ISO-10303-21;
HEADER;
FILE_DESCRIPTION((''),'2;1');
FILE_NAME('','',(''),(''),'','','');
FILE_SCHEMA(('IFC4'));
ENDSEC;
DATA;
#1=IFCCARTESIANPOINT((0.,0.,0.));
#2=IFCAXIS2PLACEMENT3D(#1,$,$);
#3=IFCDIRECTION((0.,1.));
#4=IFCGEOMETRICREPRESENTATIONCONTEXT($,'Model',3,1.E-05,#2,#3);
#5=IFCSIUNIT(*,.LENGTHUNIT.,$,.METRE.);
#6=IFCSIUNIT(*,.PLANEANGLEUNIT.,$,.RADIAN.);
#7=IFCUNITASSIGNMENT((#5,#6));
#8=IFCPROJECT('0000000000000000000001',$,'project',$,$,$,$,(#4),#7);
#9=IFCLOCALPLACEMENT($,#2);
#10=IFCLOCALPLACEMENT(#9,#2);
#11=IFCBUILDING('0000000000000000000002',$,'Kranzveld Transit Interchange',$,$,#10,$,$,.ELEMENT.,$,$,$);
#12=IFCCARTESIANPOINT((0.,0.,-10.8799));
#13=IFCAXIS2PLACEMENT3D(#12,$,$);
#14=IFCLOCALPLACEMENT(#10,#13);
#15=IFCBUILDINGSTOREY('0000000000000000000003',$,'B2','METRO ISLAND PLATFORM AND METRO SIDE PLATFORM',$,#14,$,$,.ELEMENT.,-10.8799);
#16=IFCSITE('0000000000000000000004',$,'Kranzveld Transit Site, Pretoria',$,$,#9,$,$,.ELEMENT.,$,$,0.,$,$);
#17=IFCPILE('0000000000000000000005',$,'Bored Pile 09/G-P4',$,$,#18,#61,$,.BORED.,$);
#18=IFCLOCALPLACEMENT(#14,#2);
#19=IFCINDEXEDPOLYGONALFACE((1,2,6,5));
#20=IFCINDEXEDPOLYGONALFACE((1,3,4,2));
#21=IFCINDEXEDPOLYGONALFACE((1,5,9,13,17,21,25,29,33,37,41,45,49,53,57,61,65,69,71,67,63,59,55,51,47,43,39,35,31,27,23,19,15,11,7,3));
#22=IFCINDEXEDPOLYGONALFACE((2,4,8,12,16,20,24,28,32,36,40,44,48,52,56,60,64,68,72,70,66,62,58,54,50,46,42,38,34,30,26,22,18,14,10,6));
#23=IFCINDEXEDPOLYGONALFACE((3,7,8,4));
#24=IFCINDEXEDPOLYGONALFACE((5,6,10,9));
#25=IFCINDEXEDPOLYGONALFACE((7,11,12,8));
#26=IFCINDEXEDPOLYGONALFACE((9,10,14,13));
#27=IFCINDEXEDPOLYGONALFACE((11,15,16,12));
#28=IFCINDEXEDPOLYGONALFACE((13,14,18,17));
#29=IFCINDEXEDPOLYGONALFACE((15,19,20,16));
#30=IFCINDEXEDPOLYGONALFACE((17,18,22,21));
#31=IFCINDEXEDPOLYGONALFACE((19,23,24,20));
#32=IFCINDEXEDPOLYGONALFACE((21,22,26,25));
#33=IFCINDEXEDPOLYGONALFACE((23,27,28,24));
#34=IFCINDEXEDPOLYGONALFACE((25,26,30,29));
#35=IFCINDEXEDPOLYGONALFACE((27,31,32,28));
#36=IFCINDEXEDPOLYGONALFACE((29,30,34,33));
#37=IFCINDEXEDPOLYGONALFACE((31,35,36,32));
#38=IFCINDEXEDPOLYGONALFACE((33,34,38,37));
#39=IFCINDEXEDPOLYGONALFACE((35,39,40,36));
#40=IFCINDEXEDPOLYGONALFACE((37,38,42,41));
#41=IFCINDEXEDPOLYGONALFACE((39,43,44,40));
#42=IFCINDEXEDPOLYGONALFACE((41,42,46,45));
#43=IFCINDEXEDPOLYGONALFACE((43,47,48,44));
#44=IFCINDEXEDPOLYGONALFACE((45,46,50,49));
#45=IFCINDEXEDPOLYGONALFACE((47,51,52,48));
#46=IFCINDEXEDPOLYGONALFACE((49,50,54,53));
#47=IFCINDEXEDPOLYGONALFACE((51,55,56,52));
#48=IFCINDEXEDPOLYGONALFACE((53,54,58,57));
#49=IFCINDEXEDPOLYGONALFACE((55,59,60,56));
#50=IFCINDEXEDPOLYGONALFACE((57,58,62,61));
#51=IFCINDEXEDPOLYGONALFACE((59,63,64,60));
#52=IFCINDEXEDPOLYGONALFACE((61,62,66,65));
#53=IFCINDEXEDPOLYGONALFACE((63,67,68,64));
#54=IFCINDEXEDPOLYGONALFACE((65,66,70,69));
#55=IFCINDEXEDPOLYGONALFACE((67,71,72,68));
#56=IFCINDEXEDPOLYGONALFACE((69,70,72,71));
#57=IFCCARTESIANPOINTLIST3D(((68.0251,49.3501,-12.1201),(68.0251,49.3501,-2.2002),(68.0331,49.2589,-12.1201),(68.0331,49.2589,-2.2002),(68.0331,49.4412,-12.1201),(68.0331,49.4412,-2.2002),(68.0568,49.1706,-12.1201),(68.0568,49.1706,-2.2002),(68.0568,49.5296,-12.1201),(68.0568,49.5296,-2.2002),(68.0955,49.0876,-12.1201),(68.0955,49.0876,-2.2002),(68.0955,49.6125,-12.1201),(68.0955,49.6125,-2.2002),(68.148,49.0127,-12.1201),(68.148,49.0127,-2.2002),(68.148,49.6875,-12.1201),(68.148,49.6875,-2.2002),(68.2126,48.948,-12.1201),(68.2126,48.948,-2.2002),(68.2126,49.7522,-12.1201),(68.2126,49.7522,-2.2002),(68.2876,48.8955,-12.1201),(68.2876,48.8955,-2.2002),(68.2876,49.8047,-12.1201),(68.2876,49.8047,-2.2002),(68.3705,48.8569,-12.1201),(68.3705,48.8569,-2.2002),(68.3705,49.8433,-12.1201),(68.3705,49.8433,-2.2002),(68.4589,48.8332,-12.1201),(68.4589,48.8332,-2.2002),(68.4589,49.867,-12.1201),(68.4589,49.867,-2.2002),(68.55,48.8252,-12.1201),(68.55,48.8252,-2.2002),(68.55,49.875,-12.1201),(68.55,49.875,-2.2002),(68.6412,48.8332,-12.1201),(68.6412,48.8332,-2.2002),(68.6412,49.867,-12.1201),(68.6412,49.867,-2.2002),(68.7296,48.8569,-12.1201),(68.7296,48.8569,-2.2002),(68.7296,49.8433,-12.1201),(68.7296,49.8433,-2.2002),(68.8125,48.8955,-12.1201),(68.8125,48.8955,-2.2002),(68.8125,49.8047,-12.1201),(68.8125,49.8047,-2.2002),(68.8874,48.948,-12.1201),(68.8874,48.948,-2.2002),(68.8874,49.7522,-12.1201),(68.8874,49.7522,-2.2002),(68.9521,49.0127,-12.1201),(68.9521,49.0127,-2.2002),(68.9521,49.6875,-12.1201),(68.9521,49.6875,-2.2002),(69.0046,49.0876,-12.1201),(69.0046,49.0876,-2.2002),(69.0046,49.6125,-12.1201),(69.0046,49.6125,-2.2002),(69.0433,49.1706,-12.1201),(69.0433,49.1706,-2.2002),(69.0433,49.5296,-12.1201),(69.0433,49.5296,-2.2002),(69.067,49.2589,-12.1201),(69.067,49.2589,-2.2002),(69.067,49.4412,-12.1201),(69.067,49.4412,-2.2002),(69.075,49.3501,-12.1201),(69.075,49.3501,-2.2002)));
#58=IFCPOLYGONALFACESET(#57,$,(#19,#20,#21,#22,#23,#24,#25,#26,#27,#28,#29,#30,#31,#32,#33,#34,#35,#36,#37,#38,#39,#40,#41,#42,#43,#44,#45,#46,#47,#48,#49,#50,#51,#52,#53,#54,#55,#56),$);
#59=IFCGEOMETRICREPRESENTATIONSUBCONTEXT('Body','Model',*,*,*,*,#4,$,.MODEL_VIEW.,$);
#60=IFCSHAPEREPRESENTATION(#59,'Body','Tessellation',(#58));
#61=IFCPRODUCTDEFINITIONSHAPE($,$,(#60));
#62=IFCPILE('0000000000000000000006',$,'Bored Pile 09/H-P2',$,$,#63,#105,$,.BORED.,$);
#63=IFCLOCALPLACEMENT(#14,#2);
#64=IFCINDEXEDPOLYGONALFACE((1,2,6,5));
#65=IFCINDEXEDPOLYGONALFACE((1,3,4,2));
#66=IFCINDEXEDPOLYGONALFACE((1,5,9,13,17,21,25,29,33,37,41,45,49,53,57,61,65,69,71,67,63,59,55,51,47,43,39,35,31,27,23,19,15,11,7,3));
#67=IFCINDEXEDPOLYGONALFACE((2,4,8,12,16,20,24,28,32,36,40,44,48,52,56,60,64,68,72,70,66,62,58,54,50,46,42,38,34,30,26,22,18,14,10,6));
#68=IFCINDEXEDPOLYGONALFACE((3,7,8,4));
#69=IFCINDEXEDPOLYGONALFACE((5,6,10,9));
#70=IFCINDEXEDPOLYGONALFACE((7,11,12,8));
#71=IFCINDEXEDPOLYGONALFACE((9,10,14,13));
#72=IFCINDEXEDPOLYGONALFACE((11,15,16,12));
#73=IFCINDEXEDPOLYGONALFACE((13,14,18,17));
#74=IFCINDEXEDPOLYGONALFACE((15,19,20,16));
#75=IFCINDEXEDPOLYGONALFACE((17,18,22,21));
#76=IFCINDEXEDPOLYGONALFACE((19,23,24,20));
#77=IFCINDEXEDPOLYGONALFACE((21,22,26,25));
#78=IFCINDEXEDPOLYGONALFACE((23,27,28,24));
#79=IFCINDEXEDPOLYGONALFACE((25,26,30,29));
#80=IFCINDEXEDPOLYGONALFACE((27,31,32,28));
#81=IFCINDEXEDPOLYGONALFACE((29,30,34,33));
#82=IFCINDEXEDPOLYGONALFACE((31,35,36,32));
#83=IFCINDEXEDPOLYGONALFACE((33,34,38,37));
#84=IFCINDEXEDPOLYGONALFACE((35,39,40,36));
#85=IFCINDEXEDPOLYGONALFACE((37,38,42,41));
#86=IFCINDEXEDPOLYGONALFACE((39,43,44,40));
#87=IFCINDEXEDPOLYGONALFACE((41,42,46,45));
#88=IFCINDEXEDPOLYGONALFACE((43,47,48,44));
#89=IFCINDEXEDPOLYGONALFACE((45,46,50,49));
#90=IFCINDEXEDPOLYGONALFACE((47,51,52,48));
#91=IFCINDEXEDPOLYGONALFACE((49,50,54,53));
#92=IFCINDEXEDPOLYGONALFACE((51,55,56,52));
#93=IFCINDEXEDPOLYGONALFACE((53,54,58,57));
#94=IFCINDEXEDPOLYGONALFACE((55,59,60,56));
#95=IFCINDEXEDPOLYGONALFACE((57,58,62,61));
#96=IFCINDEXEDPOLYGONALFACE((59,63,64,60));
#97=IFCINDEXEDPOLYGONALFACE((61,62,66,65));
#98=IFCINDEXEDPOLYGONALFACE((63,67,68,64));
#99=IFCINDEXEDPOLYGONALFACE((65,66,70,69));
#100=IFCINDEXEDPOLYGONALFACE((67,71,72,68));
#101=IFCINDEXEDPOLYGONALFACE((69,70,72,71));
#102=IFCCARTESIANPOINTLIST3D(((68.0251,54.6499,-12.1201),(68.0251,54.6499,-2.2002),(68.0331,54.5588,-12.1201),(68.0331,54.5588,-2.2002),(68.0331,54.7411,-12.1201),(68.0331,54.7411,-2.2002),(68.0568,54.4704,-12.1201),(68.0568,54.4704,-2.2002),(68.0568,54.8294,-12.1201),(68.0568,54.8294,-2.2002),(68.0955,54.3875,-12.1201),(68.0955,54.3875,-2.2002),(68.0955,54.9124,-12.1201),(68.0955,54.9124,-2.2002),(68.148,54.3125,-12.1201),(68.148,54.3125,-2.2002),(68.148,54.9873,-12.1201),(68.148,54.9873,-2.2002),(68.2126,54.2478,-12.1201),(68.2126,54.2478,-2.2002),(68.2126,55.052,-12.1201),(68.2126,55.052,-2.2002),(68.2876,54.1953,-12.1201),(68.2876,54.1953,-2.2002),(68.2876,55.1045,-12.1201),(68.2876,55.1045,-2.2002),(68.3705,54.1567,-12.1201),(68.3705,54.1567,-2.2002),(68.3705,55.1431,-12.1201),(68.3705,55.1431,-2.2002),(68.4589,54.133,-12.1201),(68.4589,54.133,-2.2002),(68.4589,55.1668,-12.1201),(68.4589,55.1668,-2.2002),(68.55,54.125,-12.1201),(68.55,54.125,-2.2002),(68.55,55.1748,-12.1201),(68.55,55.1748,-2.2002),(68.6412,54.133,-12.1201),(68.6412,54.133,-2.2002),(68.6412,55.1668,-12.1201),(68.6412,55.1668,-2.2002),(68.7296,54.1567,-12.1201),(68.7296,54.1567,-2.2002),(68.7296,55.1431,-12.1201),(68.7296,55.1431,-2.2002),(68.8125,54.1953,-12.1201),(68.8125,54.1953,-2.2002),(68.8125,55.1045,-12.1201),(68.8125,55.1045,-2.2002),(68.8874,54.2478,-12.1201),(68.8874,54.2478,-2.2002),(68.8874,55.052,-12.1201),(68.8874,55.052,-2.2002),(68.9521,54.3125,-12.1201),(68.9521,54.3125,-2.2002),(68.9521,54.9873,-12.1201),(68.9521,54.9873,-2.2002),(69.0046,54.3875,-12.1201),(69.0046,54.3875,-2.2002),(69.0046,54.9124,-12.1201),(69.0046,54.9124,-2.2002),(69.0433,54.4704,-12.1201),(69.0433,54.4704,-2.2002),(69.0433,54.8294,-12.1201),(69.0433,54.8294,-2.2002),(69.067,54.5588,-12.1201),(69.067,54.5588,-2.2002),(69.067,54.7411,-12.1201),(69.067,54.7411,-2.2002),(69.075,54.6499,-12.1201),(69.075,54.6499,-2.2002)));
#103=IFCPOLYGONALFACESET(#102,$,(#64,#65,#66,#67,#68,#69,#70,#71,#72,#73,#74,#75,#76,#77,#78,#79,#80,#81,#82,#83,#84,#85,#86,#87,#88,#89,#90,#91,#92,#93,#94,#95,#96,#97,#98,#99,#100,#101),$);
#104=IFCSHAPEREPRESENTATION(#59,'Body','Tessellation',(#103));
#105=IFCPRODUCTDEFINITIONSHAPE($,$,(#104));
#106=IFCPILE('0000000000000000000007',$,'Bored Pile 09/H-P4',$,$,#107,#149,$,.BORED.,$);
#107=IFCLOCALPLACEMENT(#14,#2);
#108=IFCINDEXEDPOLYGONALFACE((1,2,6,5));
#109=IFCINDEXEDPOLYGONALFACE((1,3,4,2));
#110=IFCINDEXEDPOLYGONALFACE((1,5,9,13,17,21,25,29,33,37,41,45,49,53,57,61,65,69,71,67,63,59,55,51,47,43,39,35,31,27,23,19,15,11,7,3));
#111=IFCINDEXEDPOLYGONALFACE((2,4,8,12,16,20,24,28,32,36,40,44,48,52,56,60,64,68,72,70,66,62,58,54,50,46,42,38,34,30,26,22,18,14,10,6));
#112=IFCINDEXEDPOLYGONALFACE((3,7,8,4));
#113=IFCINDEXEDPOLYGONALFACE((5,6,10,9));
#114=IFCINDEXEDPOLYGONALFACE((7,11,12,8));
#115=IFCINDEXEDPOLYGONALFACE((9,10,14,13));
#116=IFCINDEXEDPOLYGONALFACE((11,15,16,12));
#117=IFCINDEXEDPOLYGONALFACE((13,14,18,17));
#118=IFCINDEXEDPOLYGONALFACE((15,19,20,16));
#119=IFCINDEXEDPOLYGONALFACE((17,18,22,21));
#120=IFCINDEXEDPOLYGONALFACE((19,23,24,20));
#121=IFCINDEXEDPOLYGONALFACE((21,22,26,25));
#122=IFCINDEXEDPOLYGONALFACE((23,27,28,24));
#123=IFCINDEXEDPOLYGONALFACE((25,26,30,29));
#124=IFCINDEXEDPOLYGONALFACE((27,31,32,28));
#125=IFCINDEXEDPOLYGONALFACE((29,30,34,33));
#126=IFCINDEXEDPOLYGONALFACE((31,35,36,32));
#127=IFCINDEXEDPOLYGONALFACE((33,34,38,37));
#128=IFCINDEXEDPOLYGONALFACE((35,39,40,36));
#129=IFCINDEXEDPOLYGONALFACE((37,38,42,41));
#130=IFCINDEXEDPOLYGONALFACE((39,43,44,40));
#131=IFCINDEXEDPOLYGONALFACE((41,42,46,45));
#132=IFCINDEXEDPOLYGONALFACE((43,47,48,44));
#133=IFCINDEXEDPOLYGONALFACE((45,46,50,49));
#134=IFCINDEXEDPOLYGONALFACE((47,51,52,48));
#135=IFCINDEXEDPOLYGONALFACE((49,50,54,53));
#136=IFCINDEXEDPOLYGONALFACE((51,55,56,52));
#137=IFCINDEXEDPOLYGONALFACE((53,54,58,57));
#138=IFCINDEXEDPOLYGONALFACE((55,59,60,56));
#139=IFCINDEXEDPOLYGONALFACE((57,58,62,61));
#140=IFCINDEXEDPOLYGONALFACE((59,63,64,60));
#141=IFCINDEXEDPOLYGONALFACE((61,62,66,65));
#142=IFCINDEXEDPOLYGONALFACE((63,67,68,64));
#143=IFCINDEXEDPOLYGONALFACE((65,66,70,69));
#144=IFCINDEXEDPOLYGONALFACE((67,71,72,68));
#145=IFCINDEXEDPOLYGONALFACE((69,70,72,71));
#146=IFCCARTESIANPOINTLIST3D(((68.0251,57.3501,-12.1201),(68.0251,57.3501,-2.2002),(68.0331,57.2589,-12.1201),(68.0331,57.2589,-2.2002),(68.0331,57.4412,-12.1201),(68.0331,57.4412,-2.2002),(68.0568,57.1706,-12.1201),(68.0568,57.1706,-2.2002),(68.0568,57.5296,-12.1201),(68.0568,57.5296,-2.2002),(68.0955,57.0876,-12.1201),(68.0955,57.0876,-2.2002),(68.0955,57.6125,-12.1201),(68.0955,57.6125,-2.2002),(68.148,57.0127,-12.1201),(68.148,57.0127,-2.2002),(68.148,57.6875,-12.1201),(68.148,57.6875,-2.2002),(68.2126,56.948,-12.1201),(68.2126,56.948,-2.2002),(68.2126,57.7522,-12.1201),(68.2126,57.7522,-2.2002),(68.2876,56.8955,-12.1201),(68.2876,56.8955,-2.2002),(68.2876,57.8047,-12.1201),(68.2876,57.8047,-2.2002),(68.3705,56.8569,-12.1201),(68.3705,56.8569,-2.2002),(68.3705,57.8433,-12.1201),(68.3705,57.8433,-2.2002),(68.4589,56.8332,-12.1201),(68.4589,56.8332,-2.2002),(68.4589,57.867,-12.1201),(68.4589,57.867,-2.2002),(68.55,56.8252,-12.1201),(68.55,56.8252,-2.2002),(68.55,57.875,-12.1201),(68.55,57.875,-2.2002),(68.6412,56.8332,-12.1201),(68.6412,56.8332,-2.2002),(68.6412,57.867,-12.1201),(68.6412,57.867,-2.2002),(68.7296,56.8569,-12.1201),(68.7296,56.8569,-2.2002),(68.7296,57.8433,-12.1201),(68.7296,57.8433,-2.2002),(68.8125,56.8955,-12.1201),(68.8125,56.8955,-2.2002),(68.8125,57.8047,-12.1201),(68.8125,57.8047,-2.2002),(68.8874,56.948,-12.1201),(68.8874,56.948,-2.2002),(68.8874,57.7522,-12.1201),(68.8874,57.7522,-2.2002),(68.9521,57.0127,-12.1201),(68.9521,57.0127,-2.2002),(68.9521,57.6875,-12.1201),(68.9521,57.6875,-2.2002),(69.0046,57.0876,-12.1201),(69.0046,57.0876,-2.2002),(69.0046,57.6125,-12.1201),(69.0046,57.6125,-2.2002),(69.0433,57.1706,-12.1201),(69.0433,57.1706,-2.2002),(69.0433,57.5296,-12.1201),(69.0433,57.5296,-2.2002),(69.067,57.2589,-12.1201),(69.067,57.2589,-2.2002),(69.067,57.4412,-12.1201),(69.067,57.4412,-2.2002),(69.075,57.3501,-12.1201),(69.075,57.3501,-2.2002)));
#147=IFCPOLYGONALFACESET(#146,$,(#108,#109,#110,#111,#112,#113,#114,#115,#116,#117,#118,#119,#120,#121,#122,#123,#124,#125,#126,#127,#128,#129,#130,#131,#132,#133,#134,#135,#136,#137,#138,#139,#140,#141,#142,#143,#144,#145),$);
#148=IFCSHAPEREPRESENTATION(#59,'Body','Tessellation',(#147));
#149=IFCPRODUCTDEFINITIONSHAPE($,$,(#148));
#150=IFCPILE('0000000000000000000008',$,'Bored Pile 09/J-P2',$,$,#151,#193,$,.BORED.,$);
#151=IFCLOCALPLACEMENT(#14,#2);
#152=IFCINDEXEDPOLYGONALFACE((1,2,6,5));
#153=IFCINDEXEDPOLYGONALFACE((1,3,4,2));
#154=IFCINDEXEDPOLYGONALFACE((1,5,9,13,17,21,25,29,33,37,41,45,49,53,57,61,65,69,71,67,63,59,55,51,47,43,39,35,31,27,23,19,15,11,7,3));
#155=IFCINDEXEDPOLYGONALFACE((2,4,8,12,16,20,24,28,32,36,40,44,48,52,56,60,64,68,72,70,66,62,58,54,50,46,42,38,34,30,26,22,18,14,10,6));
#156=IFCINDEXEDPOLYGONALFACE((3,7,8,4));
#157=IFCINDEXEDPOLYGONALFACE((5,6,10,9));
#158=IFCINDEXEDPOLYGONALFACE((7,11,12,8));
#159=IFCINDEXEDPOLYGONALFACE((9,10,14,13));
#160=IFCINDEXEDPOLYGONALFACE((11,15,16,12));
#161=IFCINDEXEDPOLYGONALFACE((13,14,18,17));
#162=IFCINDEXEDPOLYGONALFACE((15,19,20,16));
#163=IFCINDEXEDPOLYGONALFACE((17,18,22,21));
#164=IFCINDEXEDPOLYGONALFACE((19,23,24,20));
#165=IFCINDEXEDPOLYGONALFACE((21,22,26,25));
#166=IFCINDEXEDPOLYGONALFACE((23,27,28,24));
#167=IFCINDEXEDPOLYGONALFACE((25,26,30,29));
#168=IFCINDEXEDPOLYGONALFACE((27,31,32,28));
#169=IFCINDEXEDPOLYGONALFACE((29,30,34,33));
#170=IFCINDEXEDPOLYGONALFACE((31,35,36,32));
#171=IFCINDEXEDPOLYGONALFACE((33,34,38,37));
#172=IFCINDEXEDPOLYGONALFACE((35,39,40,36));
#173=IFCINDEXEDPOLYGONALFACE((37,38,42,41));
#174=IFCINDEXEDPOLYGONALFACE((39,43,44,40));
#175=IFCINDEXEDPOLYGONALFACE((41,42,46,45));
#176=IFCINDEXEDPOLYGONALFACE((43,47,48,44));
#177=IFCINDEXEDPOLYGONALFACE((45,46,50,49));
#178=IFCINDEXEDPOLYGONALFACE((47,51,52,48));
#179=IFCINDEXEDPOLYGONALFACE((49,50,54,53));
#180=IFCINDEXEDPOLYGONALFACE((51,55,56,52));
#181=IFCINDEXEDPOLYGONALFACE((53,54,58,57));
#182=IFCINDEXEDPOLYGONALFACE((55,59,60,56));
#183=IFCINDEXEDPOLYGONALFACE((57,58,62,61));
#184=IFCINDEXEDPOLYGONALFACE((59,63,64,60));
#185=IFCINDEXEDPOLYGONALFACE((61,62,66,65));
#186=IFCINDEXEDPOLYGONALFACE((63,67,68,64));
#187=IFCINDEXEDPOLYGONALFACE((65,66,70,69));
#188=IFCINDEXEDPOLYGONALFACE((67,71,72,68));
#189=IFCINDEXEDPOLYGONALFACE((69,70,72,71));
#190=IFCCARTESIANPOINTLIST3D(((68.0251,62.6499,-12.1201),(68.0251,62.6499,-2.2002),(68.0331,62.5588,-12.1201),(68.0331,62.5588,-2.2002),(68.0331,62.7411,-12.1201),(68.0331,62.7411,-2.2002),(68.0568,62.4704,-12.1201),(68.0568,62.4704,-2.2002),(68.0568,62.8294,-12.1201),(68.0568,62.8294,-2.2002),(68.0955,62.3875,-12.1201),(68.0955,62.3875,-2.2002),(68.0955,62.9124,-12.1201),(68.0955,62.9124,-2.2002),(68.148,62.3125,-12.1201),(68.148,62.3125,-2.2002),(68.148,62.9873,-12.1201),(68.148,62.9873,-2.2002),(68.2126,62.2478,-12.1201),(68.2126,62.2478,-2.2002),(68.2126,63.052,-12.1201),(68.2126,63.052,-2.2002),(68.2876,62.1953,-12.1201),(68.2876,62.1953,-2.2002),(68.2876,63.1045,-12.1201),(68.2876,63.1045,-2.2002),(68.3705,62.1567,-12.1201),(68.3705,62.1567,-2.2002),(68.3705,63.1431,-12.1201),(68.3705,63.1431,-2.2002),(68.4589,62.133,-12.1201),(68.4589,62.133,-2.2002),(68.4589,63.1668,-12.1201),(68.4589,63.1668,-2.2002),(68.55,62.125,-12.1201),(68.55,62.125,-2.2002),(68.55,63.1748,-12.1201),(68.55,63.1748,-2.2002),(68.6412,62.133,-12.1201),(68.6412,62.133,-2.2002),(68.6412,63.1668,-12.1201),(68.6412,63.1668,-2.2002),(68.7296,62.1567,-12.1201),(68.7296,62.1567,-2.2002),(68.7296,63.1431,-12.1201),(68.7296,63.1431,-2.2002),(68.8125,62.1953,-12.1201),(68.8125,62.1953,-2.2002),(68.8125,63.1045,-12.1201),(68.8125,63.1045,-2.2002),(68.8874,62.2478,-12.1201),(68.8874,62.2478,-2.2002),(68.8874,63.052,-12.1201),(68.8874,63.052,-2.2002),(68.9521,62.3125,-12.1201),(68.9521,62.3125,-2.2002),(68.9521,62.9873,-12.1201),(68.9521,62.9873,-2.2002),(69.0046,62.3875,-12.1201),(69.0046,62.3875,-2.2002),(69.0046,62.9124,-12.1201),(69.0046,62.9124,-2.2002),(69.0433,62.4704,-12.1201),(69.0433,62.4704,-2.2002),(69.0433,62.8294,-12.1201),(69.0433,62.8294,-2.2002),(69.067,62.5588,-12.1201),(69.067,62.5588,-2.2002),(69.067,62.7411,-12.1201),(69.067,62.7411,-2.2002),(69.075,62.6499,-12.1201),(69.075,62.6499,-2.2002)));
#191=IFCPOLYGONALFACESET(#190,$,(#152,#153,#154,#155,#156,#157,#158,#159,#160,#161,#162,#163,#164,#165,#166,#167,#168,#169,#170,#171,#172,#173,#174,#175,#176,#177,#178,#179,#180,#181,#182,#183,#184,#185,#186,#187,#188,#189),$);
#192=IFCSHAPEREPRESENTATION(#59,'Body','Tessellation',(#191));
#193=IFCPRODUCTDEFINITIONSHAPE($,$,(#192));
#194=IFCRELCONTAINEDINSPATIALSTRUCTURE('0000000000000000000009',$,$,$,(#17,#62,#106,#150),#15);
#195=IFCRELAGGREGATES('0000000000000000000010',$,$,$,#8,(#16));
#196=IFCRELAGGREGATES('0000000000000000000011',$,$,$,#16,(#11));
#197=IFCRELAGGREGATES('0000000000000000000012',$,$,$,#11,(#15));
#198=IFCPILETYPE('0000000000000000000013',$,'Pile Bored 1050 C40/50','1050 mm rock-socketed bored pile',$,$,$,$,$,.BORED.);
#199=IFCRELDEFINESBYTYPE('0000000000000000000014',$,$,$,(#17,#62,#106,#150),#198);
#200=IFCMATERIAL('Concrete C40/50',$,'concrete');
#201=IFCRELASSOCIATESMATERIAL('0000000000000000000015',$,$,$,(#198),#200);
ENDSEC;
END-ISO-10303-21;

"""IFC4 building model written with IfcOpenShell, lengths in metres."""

from ifc_helpers import new_model, si_unit, direction, frame, origin, origin_2d, place, context, subcontext, project, spatial, circle, extrude, material, material_profile, profile_set, type_object, element, save


model = new_model("IFC4")

# Units and contexts
model_context = context("Model", 3, precision=1e-05, world=origin(), true_north=direction((0.0, 1.0)))
body_context = subcontext(model_context, "Body", "Model", "MODEL_VIEW")
ifc_project = project(units=[si_unit("LENGTHUNIT", "METRE"), si_unit("PLANEANGLEUNIT", "RADIAN")], contexts=[model_context])

# Site, building, storey
site_placement = place(None, origin())
site = spatial("IfcSite", under=ifc_project, at=site_placement, Name="Kranzveld Transit Site, Pretoria", CompositionType="ELEMENT", RefElevation=0.0)
building_placement = place(site_placement, origin())
building = spatial("IfcBuilding", under=site, at=building_placement, Name="Kranzveld Transit Interchange", CompositionType="ELEMENT")
storey_placement = place(building_placement, frame((0.0, 0.0, -10.8799)))
storey = spatial("IfcBuildingStorey", under=building, at=storey_placement, Name="B2", Description="METRO ISLAND PLATFORM AND METRO SIDE PLATFORM", CompositionType="ELEMENT", Elevation=-10.8799)

# Piles
ifc_material_1 = material(Name="Concrete C40/50", Category="concrete")
ifc_material_profile_1 = material_profile(ifc_material_1, circle(Radius=0.5249, at=origin_2d()), Name="BORED PILE 1050")
ifc_profile_set_1 = profile_set([ifc_material_profile_1], Name="Concrete C40/50")
pile_type = type_object("IfcPileType", Name="Pile Bored 1050 C40/50", Description="1050 mm rock-socketed bored pile", PredefinedType="BORED", material=ifc_profile_set_1)
for number, where, z_axis, x_axis, name in (
    (1, (68.55, 49.3501, -2.2002), (0.0, 0.0, -1.0), (1.0, 0.0, 0.0), "Bored Pile 09/G-P4"),
    (2, (68.55, 54.6499, -2.2002), (0.0, 0.0, -1.0), (1.0, 0.0, 0.0), "Bored Pile 09/H-P2"),
    (3, (68.55, 57.3501, -2.2002), (0.0, 0.0, -1.0), (1.0, 0.0, 0.0), "Bored Pile 09/H-P4"),
    (4, (68.55, 62.6499, -2.2002), (0.0, 0.0, -1.0), (1.0, 0.0, 0.0), "Bored Pile 09/J-P2"),
):
    element("IfcPile", number, at=place(storey_placement, frame(where, z_axis=z_axis, x_axis=x_axis)), inside=storey, type_object=pile_type, Name=name, PredefinedType="BORED", context=body_context, shape_type="SweptSolid", body=[
        extrude(circle(Radius=0.5249, at=origin_2d()), origin(), (0.0, 0.0, 1.0), 9.9199),
    ])

save(model, "model.ifc")
